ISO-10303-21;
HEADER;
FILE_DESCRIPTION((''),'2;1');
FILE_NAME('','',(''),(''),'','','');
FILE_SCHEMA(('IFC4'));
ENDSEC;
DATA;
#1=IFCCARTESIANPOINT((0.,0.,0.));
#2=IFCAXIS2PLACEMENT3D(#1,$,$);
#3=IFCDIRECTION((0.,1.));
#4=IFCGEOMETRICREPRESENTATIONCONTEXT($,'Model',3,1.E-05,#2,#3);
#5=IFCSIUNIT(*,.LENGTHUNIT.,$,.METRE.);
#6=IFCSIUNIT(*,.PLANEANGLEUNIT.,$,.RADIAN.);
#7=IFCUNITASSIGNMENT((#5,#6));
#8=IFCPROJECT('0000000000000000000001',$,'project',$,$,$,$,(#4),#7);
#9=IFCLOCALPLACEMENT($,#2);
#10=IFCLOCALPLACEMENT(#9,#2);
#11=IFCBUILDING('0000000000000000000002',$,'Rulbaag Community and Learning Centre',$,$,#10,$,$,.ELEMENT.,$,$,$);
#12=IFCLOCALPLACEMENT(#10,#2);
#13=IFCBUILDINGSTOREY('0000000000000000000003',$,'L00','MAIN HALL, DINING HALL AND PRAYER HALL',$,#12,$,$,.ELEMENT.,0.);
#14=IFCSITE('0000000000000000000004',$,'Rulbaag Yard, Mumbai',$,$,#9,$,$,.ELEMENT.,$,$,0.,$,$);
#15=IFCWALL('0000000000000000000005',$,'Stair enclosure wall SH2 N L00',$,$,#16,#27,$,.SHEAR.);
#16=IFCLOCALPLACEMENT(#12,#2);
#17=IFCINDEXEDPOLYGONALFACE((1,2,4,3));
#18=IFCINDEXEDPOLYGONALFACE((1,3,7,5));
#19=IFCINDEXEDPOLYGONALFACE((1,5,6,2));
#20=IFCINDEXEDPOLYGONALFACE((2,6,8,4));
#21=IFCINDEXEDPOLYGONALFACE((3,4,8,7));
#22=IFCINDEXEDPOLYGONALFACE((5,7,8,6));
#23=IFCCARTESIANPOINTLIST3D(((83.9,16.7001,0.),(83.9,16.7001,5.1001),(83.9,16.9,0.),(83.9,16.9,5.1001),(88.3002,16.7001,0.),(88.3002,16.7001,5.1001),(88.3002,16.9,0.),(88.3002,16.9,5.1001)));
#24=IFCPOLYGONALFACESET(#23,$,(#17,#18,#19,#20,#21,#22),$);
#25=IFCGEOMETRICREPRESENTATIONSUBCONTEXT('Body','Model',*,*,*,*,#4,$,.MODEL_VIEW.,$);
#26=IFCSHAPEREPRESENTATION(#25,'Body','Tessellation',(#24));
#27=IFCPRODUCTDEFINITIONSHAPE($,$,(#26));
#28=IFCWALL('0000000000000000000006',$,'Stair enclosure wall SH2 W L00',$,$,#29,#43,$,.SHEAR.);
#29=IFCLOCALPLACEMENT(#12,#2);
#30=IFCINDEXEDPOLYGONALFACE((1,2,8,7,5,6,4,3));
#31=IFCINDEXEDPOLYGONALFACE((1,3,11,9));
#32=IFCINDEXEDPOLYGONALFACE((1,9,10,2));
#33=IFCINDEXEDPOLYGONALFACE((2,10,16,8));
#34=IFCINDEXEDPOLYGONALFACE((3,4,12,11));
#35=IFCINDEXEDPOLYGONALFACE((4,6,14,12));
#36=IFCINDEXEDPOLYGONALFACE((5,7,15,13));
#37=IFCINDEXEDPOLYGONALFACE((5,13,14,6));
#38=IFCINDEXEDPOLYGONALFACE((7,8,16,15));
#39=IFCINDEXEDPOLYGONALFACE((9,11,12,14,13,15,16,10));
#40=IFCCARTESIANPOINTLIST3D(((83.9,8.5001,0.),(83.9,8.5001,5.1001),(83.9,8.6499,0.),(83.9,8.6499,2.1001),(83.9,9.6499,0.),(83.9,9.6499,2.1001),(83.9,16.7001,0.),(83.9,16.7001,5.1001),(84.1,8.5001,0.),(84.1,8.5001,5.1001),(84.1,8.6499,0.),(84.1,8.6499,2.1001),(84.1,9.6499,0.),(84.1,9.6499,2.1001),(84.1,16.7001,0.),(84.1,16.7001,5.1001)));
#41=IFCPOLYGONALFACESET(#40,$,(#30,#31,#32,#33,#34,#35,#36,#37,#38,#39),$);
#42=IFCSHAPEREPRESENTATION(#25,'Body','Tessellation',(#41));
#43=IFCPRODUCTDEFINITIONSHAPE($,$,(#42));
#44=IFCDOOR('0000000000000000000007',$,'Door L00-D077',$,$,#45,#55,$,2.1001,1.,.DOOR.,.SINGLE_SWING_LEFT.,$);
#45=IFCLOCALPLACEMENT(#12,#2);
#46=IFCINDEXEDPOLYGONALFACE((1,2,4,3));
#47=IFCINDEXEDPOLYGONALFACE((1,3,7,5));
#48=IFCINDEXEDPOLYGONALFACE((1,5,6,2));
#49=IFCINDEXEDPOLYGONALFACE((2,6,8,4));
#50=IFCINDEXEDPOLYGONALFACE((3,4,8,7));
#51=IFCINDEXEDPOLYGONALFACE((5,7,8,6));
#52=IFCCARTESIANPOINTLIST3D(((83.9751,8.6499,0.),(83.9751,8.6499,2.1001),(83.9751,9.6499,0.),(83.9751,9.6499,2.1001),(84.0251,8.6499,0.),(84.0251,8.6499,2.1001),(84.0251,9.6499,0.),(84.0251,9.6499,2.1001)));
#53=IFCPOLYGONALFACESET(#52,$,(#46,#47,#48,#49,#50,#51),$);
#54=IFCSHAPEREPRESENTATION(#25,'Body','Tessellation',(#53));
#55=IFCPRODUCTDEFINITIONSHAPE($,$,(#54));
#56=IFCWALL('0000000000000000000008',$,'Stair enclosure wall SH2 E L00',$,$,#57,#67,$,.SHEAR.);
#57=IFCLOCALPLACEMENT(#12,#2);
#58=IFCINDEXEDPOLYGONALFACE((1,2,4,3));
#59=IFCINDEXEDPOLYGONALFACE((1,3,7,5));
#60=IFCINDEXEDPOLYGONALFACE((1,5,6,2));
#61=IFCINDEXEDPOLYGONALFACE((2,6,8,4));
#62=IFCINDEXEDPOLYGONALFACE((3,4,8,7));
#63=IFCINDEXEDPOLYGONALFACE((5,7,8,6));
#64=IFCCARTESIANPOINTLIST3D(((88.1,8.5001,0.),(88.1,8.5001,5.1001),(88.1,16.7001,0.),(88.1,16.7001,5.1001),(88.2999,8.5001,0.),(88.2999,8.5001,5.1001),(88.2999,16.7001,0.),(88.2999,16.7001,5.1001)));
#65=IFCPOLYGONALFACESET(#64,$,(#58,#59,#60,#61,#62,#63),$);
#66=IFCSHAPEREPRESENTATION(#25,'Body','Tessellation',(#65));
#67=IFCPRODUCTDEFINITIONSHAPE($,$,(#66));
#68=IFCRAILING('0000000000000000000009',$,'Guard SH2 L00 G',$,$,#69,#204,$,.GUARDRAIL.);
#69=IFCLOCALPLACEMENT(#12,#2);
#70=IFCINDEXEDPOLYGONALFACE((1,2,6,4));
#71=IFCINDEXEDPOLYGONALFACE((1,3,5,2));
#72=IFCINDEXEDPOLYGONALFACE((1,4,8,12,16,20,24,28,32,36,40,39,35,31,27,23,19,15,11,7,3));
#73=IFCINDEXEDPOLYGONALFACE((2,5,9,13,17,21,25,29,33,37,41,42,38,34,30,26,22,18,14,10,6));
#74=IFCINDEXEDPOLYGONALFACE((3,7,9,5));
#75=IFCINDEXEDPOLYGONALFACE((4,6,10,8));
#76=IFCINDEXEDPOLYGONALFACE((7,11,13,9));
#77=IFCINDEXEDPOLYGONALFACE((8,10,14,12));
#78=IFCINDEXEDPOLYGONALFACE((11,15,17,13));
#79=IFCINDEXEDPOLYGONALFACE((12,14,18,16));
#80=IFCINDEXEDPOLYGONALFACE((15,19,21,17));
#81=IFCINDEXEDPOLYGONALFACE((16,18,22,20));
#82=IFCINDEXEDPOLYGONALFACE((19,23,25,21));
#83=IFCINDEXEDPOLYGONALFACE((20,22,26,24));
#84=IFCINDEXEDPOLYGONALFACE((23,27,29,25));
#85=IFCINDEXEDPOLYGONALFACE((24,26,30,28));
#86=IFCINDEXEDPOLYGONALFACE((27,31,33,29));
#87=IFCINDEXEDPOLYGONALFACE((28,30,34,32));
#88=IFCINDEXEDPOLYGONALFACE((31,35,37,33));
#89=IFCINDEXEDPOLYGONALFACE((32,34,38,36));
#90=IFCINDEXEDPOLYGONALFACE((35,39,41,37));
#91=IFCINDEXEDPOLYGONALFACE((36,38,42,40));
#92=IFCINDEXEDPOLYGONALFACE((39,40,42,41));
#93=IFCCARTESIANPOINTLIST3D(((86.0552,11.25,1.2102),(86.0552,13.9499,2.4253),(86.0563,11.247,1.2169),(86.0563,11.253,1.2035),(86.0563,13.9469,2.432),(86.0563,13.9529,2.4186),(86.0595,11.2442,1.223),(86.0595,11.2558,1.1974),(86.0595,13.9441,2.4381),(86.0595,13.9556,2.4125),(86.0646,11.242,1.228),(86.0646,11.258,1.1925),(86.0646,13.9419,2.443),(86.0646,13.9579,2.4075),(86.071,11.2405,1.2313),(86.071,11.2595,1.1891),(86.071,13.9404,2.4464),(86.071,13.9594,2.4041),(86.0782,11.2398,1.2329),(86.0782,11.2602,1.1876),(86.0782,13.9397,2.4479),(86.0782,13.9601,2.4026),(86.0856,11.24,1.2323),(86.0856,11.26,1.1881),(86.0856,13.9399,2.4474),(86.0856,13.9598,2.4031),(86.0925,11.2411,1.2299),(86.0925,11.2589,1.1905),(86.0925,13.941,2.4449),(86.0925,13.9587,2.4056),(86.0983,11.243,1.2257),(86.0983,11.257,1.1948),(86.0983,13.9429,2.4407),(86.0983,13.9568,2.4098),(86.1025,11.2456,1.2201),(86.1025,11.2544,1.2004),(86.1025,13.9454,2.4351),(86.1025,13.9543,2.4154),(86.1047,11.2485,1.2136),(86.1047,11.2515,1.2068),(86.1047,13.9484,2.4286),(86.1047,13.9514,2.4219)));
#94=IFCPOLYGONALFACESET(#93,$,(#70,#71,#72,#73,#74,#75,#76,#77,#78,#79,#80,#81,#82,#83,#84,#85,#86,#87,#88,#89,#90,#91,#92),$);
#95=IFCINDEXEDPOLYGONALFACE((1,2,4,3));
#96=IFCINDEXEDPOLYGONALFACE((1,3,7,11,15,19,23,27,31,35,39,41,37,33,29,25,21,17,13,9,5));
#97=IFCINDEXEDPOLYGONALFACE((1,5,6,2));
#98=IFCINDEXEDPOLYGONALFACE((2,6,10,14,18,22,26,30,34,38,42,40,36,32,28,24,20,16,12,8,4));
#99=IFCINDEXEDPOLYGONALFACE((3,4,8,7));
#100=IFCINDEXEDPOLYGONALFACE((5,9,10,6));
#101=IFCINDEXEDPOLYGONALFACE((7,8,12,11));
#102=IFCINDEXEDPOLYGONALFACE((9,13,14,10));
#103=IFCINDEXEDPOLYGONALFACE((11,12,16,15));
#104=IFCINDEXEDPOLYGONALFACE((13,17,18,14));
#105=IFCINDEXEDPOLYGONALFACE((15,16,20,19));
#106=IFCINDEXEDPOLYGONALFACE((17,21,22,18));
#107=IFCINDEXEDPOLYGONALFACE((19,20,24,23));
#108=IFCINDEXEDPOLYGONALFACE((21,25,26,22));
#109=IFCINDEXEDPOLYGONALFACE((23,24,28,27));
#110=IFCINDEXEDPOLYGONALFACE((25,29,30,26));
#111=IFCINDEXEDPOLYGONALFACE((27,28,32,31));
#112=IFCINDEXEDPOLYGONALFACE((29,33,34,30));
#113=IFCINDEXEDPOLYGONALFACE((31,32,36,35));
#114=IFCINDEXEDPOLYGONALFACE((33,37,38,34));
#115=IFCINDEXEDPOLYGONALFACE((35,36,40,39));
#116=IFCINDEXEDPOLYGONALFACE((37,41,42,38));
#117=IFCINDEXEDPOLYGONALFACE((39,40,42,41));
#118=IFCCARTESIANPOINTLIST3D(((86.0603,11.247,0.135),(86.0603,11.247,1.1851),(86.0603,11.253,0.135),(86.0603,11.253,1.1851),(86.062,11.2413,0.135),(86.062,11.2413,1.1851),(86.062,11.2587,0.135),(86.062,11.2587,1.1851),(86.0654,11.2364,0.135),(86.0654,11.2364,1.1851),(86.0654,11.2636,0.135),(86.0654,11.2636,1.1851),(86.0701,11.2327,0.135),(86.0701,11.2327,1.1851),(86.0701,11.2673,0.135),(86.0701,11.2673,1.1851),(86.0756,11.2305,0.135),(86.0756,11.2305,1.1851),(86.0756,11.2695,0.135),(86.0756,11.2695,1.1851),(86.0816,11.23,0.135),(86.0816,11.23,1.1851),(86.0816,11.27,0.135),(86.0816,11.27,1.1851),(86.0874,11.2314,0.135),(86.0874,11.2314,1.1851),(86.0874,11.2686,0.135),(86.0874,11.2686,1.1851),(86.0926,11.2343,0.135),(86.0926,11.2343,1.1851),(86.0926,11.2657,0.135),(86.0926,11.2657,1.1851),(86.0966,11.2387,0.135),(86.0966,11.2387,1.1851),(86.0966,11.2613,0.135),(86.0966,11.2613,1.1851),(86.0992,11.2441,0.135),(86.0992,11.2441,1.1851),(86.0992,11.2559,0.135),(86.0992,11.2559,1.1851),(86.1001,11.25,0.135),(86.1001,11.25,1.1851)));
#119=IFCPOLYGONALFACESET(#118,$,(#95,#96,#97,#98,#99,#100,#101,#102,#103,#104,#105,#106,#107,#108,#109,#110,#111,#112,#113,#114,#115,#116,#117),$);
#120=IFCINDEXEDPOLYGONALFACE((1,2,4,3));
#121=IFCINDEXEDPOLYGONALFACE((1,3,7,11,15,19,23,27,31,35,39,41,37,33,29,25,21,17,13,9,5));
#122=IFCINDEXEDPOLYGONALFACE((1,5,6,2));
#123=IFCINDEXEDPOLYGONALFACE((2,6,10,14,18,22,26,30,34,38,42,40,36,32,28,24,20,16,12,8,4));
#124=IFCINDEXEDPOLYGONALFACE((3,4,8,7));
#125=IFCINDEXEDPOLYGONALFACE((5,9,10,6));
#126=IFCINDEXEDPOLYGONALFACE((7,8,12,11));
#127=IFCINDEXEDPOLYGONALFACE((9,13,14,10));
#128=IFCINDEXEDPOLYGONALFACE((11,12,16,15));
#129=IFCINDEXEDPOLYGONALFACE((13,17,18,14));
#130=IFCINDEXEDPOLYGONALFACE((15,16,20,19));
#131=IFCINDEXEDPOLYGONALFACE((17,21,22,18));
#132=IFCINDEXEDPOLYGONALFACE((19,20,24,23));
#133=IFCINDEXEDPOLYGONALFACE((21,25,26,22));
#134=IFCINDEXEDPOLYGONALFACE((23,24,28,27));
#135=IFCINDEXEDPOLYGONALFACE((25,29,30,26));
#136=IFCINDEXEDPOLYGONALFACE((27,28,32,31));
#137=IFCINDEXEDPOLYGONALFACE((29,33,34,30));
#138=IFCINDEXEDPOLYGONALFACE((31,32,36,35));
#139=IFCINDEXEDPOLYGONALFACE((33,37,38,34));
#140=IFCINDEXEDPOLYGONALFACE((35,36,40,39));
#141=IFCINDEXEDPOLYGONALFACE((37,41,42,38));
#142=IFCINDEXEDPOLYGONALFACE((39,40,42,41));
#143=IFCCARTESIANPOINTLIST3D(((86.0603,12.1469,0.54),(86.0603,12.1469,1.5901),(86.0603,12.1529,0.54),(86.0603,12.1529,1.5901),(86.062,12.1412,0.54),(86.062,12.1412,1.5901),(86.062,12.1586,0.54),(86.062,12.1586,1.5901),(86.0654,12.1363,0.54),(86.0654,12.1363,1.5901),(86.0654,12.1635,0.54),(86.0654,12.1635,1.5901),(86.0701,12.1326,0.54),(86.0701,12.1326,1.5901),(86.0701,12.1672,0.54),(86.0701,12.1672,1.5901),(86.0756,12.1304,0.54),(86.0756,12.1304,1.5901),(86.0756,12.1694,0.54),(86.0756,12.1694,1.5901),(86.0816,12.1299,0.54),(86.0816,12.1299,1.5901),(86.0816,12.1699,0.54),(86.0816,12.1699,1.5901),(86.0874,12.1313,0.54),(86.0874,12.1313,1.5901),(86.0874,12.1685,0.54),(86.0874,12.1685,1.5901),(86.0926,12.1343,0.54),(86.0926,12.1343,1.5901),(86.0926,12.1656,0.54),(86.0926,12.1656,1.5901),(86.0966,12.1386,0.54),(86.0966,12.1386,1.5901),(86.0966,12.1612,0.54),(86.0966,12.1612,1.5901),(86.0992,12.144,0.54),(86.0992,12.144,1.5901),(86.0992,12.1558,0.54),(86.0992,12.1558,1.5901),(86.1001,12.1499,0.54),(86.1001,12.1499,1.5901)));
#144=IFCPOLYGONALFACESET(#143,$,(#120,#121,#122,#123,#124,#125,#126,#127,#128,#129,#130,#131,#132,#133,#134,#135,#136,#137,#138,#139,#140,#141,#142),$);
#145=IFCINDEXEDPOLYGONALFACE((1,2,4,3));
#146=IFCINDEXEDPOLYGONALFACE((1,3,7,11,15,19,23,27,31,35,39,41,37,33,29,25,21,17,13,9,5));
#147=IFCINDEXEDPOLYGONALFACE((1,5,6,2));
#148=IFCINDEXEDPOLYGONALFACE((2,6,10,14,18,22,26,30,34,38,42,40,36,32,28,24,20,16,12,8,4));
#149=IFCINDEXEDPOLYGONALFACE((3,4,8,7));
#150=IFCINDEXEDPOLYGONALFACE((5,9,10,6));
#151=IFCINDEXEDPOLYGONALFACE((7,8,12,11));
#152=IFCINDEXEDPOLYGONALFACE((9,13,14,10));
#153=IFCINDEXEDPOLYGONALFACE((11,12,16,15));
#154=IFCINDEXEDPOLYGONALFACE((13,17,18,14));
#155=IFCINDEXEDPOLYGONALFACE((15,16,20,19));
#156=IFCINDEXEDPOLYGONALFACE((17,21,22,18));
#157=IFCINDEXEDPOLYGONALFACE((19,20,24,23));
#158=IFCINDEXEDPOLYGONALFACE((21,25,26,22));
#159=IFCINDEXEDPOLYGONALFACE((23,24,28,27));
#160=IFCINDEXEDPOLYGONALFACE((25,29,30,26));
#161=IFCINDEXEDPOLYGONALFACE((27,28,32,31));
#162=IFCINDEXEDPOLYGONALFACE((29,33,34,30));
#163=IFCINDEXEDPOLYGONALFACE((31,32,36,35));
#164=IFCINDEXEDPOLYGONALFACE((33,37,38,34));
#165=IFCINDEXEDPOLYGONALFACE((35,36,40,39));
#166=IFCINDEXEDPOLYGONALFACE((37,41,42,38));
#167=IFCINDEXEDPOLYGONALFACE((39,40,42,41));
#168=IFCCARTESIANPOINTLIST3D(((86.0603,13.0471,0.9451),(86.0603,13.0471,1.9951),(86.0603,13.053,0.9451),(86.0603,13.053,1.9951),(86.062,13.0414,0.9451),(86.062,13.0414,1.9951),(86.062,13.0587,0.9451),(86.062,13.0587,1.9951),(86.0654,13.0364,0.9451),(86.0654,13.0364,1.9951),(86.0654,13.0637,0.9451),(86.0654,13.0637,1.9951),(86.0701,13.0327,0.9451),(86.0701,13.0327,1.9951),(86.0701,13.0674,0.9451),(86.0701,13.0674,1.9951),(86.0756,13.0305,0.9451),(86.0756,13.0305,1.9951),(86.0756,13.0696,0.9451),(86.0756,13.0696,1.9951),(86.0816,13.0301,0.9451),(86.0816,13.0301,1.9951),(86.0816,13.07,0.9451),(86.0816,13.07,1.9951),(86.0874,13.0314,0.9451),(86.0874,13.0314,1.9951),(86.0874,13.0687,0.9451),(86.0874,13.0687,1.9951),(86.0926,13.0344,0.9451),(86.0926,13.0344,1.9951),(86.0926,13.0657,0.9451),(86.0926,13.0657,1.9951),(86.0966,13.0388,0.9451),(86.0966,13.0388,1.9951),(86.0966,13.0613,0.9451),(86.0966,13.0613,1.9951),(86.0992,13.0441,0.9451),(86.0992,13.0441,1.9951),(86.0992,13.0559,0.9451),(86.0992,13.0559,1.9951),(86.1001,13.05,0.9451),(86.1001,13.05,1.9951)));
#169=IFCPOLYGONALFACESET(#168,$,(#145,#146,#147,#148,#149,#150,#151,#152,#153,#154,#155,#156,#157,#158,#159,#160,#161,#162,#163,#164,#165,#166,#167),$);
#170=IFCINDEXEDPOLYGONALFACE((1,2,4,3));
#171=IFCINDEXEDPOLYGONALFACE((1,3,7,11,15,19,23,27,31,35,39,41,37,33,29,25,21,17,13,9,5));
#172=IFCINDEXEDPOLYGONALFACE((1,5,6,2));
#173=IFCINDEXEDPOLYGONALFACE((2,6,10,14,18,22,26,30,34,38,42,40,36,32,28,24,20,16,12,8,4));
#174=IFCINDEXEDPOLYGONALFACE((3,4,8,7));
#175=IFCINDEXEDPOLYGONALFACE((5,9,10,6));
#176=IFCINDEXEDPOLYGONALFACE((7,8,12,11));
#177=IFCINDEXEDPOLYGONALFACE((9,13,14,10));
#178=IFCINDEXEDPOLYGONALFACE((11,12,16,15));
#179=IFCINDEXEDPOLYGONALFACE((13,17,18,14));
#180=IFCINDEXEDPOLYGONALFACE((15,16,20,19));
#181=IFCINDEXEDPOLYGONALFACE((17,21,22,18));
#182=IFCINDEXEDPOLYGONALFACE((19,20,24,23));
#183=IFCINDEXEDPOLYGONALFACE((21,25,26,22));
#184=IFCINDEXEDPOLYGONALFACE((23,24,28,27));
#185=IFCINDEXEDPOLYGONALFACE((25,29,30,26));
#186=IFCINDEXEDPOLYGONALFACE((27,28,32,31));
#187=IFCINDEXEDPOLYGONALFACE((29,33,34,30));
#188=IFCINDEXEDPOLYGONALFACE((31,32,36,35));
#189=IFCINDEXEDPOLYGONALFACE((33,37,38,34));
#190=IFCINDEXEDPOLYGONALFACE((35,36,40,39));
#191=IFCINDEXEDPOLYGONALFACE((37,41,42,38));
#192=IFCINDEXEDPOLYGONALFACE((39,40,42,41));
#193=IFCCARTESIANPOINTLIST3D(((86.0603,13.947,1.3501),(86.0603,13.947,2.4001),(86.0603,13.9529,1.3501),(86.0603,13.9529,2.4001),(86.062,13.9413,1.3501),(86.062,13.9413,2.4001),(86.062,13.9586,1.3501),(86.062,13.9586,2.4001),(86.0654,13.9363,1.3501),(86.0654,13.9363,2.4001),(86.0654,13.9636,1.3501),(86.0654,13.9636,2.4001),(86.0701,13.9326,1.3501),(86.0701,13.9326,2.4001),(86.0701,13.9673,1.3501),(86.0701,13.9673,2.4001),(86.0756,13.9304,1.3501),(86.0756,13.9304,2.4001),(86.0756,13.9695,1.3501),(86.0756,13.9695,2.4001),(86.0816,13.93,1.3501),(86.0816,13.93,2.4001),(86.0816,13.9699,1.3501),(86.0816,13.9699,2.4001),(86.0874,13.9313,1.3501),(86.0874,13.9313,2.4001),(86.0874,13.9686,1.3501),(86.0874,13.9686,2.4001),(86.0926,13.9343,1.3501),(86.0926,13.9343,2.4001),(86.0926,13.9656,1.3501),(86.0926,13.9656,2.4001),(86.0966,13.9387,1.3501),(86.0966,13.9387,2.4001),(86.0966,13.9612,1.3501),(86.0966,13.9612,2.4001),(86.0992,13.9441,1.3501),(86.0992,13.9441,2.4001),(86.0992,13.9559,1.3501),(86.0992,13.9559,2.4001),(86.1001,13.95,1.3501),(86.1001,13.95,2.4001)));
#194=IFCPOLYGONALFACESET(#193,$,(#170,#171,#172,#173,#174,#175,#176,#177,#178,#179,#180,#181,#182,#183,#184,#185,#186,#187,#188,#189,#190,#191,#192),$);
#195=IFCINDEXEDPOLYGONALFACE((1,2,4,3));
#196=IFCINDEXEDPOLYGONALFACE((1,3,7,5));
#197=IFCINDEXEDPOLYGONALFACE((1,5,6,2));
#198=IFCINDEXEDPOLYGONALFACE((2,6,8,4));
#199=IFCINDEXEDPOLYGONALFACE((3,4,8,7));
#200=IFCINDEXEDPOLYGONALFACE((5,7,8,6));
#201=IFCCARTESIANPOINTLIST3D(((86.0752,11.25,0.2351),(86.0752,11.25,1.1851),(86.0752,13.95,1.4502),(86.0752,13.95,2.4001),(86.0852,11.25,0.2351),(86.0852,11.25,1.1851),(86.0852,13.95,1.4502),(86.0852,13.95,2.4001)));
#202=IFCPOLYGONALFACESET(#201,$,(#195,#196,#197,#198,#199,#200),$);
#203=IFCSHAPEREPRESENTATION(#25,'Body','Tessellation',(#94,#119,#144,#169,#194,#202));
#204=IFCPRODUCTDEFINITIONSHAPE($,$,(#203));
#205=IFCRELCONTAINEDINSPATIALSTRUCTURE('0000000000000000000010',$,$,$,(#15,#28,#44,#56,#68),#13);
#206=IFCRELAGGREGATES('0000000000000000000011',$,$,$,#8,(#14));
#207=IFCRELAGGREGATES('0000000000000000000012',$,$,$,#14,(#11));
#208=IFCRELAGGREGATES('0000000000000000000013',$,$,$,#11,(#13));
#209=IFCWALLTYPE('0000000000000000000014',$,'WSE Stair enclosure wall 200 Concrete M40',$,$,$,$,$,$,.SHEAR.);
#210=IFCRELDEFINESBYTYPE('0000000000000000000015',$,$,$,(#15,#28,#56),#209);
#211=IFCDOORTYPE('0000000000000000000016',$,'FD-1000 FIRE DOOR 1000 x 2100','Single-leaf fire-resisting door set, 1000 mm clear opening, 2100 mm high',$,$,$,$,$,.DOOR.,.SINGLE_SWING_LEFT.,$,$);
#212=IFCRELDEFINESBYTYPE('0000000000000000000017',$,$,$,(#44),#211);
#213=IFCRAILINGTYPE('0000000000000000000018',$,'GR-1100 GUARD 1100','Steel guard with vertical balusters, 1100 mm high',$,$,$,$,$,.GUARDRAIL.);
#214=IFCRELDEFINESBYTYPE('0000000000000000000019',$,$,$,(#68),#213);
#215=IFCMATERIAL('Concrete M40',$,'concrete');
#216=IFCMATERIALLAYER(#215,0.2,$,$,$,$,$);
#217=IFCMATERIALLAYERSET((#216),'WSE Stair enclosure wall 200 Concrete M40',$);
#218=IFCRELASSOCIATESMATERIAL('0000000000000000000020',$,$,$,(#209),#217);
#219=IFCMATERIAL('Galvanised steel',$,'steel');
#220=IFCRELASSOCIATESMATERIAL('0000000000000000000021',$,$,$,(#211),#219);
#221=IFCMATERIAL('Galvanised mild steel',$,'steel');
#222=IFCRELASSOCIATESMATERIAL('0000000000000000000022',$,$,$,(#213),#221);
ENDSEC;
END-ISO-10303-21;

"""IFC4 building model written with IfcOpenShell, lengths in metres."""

from ifc_helpers import new_model, si_unit, direction, frame, frame_2d, origin, origin_2d, place, context, subcontext, project, spatial, polyline, rectangle, circle, outline, extrude, material, layer, layer_set, type_object, element, fill, save


model = new_model("IFC4")

# Units and contexts
model_context = context("Model", 3, precision=1e-05, world=origin(), true_north=direction((0.0, 1.0)))
body_context = subcontext(model_context, "Body", "Model", "MODEL_VIEW")
ifc_project = project(units=[si_unit("LENGTHUNIT", "METRE"), si_unit("PLANEANGLEUNIT", "RADIAN")], contexts=[model_context])

# Site, building, storey
site_placement = place(None, origin())
site = spatial("IfcSite", under=ifc_project, at=site_placement, Name="Rulbaag Yard, Mumbai", CompositionType="ELEMENT", RefElevation=0.0)
building_placement = place(site_placement, origin())
building = spatial("IfcBuilding", under=site, at=building_placement, Name="Rulbaag Community and Learning Centre", CompositionType="ELEMENT")
storey_placement = place(building_placement, origin())
storey = spatial("IfcBuildingStorey", under=building, at=storey_placement, Name="L00", Description="MAIN HALL, DINING HALL AND PRAYER HALL", CompositionType="ELEMENT", Elevation=0.0)

# Shared definitions
ifc_material_1 = material(Name="Concrete M40", Category="concrete")

# Shared definitions
ifc_material_2 = material(Name="Galvanised steel", Category="steel")

# Wall
ifc_layer_1 = layer(ifc_material_1, 0.2)
ifc_layer_set_1 = layer_set([ifc_layer_1], Name="WSE Stair enclosure wall 200 Concrete M40")
wall_type_1 = type_object("IfcWallType", Name="WSE Stair enclosure wall 200 Concrete M40", PredefinedType="SHEAR", material=ifc_layer_set_1)
wall_1_placement = place(storey_placement, frame((83.8999, 16.8, 0.0), z_axis=(0.0, 0.0, 1.0), x_axis=(1.0, 0.0, 0.0)))
element("IfcWall", 1, at=wall_1_placement, inside=storey, type_object=wall_type_1, Name="Stair enclosure wall SH2 N L00", PredefinedType="SHEAR", context=body_context, shape_type="SweptSolid", body=[
    extrude(rectangle(XDim=4.4001, YDim=0.2, at=frame_2d((2.2002, 0.0))), origin(), (0.0, 0.0, 1.0), 5.1001),
])

# Wall, opening, door
wall_2_placement = place(storey_placement, frame((84.0, 8.5, 0.0), z_axis=(0.0, 0.0, 1.0), x_axis=(0.0, 1.0, 0.0)))
wall_2 = element("IfcWall", 2, at=wall_2_placement, inside=storey, type_object=wall_type_1, Name="Stair enclosure wall SH2 W L00", PredefinedType="SHEAR", context=body_context, shape_type="SweptSolid", body=[
    extrude(rectangle(XDim=8.2, YDim=0.2, at=frame_2d((4.1001, 0.0))), origin(), (0.0, 0.0, 1.0), 5.1001),
])
opening_1_placement = place(wall_2_placement, frame((0.1499, 0.0, 0.0)))
opening_1 = element("IfcOpeningElement", 3, at=opening_1_placement, cuts=wall_2, PredefinedType="OPENING", context=body_context, shape_type="SweptSolid", body=[
    extrude(rectangle(XDim=1.0, YDim=2.1001, at=frame_2d((0.5, 1.05))), frame((0.0, 0.1099, 0.0), z_axis=(0.0, -1.0, 0.0), x_axis=(1.0, 0.0, 0.0)), (0.0, 0.0, 1.0), 0.22),
])
door_type_1 = type_object("IfcDoorType", Name="FD-1000 FIRE DOOR 1000 x 2100", Description="Single-leaf fire-resisting door set, 1000 mm clear opening, 2100 mm high", OperationType="SINGLE_SWING_LEFT", PredefinedType="DOOR", material=ifc_material_2)
door_1_placement = place(opening_1_placement, origin())
door_1 = element("IfcDoor", 4, at=door_1_placement, inside=storey, type_object=door_type_1, Name="Door L00-D077", OperationType="SINGLE_SWING_LEFT", OverallHeight=2.1001, OverallWidth=1.0, PredefinedType="DOOR", context=body_context, shape_type="SweptSolid", body=[
    extrude(rectangle(XDim=1.0, YDim=2.1001, at=frame_2d((0.5, 1.05))), frame((0.0, 0.0249, 0.0), z_axis=(0.0, -1.0, 0.0), x_axis=(1.0, 0.0, 0.0)), (0.0, 0.0, 1.0), 0.05),
])
fill(opening_1, door_1)

# Wall
wall_3_placement = place(storey_placement, frame((88.2, 8.5, 0.0), z_axis=(0.0, 0.0, 1.0), x_axis=(0.0, 1.0, 0.0)))
element("IfcWall", 5, at=wall_3_placement, inside=storey, type_object=wall_type_1, Name="Stair enclosure wall SH2 E L00", PredefinedType="SHEAR", context=body_context, shape_type="SweptSolid", body=[
    extrude(rectangle(XDim=8.2, YDim=0.2, at=frame_2d((4.1001, 0.0))), origin(), (0.0, 0.0, 1.0), 5.1001),
])

# Railing
ifc_material_3 = material(Name="Galvanised mild steel", Category="steel")
railing_type_1 = type_object("IfcRailingType", Name="GR-1100 GUARD 1100", Description="Steel guard with vertical balusters, 1100 mm high", PredefinedType="GUARDRAIL", material=ifc_material_3)
railing_1_placement = place(storey_placement, frame((86.0801, 11.25, 0.135)))
element("IfcRailing", 6, at=railing_1_placement, inside=storey, type_object=railing_type_1, Name="Guard SH2 L00 G", PredefinedType="GUARDRAIL", context=body_context, shape_type="SweptSolid", body=[
    extrude(circle(Radius=0.0249, at=origin_2d()), frame((0.0, 0.0, 1.0752), z_axis=(0.0, 0.911908, 0.410396), x_axis=(-1.0, 0.0, 0.0)), (0.0, 0.0, 1.0), 2.9607),
    extrude(circle(Radius=0.02, at=origin_2d()), origin(), (0.0, 0.0, 1.0), 1.05),
    extrude(circle(Radius=0.02, at=origin_2d()), frame((0.0, 0.8999, 0.405)), (0.0, 0.0, 1.0), 1.05),
    extrude(circle(Radius=0.02, at=origin_2d()), frame((0.0, 1.8, 0.8101)), (0.0, 0.0, 1.0), 1.05),
    extrude(circle(Radius=0.02, at=origin_2d()), frame((0.0, 2.7, 1.2151)), (0.0, 0.0, 1.0), 1.05),
    extrude(outline(polyline([(0.0, 0.0), (2.7, 1.2151), (2.7, 2.165), (0.0, 0.95), (0.0, 0.0)])), frame((-0.0049, 0.0, 0.1001), z_axis=(1.0, 0.0, 0.0), x_axis=(0.0, 1.0, 0.0)), (0.0, 0.0, 1.0), 0.01),
])

save(model, "model.ifc")
